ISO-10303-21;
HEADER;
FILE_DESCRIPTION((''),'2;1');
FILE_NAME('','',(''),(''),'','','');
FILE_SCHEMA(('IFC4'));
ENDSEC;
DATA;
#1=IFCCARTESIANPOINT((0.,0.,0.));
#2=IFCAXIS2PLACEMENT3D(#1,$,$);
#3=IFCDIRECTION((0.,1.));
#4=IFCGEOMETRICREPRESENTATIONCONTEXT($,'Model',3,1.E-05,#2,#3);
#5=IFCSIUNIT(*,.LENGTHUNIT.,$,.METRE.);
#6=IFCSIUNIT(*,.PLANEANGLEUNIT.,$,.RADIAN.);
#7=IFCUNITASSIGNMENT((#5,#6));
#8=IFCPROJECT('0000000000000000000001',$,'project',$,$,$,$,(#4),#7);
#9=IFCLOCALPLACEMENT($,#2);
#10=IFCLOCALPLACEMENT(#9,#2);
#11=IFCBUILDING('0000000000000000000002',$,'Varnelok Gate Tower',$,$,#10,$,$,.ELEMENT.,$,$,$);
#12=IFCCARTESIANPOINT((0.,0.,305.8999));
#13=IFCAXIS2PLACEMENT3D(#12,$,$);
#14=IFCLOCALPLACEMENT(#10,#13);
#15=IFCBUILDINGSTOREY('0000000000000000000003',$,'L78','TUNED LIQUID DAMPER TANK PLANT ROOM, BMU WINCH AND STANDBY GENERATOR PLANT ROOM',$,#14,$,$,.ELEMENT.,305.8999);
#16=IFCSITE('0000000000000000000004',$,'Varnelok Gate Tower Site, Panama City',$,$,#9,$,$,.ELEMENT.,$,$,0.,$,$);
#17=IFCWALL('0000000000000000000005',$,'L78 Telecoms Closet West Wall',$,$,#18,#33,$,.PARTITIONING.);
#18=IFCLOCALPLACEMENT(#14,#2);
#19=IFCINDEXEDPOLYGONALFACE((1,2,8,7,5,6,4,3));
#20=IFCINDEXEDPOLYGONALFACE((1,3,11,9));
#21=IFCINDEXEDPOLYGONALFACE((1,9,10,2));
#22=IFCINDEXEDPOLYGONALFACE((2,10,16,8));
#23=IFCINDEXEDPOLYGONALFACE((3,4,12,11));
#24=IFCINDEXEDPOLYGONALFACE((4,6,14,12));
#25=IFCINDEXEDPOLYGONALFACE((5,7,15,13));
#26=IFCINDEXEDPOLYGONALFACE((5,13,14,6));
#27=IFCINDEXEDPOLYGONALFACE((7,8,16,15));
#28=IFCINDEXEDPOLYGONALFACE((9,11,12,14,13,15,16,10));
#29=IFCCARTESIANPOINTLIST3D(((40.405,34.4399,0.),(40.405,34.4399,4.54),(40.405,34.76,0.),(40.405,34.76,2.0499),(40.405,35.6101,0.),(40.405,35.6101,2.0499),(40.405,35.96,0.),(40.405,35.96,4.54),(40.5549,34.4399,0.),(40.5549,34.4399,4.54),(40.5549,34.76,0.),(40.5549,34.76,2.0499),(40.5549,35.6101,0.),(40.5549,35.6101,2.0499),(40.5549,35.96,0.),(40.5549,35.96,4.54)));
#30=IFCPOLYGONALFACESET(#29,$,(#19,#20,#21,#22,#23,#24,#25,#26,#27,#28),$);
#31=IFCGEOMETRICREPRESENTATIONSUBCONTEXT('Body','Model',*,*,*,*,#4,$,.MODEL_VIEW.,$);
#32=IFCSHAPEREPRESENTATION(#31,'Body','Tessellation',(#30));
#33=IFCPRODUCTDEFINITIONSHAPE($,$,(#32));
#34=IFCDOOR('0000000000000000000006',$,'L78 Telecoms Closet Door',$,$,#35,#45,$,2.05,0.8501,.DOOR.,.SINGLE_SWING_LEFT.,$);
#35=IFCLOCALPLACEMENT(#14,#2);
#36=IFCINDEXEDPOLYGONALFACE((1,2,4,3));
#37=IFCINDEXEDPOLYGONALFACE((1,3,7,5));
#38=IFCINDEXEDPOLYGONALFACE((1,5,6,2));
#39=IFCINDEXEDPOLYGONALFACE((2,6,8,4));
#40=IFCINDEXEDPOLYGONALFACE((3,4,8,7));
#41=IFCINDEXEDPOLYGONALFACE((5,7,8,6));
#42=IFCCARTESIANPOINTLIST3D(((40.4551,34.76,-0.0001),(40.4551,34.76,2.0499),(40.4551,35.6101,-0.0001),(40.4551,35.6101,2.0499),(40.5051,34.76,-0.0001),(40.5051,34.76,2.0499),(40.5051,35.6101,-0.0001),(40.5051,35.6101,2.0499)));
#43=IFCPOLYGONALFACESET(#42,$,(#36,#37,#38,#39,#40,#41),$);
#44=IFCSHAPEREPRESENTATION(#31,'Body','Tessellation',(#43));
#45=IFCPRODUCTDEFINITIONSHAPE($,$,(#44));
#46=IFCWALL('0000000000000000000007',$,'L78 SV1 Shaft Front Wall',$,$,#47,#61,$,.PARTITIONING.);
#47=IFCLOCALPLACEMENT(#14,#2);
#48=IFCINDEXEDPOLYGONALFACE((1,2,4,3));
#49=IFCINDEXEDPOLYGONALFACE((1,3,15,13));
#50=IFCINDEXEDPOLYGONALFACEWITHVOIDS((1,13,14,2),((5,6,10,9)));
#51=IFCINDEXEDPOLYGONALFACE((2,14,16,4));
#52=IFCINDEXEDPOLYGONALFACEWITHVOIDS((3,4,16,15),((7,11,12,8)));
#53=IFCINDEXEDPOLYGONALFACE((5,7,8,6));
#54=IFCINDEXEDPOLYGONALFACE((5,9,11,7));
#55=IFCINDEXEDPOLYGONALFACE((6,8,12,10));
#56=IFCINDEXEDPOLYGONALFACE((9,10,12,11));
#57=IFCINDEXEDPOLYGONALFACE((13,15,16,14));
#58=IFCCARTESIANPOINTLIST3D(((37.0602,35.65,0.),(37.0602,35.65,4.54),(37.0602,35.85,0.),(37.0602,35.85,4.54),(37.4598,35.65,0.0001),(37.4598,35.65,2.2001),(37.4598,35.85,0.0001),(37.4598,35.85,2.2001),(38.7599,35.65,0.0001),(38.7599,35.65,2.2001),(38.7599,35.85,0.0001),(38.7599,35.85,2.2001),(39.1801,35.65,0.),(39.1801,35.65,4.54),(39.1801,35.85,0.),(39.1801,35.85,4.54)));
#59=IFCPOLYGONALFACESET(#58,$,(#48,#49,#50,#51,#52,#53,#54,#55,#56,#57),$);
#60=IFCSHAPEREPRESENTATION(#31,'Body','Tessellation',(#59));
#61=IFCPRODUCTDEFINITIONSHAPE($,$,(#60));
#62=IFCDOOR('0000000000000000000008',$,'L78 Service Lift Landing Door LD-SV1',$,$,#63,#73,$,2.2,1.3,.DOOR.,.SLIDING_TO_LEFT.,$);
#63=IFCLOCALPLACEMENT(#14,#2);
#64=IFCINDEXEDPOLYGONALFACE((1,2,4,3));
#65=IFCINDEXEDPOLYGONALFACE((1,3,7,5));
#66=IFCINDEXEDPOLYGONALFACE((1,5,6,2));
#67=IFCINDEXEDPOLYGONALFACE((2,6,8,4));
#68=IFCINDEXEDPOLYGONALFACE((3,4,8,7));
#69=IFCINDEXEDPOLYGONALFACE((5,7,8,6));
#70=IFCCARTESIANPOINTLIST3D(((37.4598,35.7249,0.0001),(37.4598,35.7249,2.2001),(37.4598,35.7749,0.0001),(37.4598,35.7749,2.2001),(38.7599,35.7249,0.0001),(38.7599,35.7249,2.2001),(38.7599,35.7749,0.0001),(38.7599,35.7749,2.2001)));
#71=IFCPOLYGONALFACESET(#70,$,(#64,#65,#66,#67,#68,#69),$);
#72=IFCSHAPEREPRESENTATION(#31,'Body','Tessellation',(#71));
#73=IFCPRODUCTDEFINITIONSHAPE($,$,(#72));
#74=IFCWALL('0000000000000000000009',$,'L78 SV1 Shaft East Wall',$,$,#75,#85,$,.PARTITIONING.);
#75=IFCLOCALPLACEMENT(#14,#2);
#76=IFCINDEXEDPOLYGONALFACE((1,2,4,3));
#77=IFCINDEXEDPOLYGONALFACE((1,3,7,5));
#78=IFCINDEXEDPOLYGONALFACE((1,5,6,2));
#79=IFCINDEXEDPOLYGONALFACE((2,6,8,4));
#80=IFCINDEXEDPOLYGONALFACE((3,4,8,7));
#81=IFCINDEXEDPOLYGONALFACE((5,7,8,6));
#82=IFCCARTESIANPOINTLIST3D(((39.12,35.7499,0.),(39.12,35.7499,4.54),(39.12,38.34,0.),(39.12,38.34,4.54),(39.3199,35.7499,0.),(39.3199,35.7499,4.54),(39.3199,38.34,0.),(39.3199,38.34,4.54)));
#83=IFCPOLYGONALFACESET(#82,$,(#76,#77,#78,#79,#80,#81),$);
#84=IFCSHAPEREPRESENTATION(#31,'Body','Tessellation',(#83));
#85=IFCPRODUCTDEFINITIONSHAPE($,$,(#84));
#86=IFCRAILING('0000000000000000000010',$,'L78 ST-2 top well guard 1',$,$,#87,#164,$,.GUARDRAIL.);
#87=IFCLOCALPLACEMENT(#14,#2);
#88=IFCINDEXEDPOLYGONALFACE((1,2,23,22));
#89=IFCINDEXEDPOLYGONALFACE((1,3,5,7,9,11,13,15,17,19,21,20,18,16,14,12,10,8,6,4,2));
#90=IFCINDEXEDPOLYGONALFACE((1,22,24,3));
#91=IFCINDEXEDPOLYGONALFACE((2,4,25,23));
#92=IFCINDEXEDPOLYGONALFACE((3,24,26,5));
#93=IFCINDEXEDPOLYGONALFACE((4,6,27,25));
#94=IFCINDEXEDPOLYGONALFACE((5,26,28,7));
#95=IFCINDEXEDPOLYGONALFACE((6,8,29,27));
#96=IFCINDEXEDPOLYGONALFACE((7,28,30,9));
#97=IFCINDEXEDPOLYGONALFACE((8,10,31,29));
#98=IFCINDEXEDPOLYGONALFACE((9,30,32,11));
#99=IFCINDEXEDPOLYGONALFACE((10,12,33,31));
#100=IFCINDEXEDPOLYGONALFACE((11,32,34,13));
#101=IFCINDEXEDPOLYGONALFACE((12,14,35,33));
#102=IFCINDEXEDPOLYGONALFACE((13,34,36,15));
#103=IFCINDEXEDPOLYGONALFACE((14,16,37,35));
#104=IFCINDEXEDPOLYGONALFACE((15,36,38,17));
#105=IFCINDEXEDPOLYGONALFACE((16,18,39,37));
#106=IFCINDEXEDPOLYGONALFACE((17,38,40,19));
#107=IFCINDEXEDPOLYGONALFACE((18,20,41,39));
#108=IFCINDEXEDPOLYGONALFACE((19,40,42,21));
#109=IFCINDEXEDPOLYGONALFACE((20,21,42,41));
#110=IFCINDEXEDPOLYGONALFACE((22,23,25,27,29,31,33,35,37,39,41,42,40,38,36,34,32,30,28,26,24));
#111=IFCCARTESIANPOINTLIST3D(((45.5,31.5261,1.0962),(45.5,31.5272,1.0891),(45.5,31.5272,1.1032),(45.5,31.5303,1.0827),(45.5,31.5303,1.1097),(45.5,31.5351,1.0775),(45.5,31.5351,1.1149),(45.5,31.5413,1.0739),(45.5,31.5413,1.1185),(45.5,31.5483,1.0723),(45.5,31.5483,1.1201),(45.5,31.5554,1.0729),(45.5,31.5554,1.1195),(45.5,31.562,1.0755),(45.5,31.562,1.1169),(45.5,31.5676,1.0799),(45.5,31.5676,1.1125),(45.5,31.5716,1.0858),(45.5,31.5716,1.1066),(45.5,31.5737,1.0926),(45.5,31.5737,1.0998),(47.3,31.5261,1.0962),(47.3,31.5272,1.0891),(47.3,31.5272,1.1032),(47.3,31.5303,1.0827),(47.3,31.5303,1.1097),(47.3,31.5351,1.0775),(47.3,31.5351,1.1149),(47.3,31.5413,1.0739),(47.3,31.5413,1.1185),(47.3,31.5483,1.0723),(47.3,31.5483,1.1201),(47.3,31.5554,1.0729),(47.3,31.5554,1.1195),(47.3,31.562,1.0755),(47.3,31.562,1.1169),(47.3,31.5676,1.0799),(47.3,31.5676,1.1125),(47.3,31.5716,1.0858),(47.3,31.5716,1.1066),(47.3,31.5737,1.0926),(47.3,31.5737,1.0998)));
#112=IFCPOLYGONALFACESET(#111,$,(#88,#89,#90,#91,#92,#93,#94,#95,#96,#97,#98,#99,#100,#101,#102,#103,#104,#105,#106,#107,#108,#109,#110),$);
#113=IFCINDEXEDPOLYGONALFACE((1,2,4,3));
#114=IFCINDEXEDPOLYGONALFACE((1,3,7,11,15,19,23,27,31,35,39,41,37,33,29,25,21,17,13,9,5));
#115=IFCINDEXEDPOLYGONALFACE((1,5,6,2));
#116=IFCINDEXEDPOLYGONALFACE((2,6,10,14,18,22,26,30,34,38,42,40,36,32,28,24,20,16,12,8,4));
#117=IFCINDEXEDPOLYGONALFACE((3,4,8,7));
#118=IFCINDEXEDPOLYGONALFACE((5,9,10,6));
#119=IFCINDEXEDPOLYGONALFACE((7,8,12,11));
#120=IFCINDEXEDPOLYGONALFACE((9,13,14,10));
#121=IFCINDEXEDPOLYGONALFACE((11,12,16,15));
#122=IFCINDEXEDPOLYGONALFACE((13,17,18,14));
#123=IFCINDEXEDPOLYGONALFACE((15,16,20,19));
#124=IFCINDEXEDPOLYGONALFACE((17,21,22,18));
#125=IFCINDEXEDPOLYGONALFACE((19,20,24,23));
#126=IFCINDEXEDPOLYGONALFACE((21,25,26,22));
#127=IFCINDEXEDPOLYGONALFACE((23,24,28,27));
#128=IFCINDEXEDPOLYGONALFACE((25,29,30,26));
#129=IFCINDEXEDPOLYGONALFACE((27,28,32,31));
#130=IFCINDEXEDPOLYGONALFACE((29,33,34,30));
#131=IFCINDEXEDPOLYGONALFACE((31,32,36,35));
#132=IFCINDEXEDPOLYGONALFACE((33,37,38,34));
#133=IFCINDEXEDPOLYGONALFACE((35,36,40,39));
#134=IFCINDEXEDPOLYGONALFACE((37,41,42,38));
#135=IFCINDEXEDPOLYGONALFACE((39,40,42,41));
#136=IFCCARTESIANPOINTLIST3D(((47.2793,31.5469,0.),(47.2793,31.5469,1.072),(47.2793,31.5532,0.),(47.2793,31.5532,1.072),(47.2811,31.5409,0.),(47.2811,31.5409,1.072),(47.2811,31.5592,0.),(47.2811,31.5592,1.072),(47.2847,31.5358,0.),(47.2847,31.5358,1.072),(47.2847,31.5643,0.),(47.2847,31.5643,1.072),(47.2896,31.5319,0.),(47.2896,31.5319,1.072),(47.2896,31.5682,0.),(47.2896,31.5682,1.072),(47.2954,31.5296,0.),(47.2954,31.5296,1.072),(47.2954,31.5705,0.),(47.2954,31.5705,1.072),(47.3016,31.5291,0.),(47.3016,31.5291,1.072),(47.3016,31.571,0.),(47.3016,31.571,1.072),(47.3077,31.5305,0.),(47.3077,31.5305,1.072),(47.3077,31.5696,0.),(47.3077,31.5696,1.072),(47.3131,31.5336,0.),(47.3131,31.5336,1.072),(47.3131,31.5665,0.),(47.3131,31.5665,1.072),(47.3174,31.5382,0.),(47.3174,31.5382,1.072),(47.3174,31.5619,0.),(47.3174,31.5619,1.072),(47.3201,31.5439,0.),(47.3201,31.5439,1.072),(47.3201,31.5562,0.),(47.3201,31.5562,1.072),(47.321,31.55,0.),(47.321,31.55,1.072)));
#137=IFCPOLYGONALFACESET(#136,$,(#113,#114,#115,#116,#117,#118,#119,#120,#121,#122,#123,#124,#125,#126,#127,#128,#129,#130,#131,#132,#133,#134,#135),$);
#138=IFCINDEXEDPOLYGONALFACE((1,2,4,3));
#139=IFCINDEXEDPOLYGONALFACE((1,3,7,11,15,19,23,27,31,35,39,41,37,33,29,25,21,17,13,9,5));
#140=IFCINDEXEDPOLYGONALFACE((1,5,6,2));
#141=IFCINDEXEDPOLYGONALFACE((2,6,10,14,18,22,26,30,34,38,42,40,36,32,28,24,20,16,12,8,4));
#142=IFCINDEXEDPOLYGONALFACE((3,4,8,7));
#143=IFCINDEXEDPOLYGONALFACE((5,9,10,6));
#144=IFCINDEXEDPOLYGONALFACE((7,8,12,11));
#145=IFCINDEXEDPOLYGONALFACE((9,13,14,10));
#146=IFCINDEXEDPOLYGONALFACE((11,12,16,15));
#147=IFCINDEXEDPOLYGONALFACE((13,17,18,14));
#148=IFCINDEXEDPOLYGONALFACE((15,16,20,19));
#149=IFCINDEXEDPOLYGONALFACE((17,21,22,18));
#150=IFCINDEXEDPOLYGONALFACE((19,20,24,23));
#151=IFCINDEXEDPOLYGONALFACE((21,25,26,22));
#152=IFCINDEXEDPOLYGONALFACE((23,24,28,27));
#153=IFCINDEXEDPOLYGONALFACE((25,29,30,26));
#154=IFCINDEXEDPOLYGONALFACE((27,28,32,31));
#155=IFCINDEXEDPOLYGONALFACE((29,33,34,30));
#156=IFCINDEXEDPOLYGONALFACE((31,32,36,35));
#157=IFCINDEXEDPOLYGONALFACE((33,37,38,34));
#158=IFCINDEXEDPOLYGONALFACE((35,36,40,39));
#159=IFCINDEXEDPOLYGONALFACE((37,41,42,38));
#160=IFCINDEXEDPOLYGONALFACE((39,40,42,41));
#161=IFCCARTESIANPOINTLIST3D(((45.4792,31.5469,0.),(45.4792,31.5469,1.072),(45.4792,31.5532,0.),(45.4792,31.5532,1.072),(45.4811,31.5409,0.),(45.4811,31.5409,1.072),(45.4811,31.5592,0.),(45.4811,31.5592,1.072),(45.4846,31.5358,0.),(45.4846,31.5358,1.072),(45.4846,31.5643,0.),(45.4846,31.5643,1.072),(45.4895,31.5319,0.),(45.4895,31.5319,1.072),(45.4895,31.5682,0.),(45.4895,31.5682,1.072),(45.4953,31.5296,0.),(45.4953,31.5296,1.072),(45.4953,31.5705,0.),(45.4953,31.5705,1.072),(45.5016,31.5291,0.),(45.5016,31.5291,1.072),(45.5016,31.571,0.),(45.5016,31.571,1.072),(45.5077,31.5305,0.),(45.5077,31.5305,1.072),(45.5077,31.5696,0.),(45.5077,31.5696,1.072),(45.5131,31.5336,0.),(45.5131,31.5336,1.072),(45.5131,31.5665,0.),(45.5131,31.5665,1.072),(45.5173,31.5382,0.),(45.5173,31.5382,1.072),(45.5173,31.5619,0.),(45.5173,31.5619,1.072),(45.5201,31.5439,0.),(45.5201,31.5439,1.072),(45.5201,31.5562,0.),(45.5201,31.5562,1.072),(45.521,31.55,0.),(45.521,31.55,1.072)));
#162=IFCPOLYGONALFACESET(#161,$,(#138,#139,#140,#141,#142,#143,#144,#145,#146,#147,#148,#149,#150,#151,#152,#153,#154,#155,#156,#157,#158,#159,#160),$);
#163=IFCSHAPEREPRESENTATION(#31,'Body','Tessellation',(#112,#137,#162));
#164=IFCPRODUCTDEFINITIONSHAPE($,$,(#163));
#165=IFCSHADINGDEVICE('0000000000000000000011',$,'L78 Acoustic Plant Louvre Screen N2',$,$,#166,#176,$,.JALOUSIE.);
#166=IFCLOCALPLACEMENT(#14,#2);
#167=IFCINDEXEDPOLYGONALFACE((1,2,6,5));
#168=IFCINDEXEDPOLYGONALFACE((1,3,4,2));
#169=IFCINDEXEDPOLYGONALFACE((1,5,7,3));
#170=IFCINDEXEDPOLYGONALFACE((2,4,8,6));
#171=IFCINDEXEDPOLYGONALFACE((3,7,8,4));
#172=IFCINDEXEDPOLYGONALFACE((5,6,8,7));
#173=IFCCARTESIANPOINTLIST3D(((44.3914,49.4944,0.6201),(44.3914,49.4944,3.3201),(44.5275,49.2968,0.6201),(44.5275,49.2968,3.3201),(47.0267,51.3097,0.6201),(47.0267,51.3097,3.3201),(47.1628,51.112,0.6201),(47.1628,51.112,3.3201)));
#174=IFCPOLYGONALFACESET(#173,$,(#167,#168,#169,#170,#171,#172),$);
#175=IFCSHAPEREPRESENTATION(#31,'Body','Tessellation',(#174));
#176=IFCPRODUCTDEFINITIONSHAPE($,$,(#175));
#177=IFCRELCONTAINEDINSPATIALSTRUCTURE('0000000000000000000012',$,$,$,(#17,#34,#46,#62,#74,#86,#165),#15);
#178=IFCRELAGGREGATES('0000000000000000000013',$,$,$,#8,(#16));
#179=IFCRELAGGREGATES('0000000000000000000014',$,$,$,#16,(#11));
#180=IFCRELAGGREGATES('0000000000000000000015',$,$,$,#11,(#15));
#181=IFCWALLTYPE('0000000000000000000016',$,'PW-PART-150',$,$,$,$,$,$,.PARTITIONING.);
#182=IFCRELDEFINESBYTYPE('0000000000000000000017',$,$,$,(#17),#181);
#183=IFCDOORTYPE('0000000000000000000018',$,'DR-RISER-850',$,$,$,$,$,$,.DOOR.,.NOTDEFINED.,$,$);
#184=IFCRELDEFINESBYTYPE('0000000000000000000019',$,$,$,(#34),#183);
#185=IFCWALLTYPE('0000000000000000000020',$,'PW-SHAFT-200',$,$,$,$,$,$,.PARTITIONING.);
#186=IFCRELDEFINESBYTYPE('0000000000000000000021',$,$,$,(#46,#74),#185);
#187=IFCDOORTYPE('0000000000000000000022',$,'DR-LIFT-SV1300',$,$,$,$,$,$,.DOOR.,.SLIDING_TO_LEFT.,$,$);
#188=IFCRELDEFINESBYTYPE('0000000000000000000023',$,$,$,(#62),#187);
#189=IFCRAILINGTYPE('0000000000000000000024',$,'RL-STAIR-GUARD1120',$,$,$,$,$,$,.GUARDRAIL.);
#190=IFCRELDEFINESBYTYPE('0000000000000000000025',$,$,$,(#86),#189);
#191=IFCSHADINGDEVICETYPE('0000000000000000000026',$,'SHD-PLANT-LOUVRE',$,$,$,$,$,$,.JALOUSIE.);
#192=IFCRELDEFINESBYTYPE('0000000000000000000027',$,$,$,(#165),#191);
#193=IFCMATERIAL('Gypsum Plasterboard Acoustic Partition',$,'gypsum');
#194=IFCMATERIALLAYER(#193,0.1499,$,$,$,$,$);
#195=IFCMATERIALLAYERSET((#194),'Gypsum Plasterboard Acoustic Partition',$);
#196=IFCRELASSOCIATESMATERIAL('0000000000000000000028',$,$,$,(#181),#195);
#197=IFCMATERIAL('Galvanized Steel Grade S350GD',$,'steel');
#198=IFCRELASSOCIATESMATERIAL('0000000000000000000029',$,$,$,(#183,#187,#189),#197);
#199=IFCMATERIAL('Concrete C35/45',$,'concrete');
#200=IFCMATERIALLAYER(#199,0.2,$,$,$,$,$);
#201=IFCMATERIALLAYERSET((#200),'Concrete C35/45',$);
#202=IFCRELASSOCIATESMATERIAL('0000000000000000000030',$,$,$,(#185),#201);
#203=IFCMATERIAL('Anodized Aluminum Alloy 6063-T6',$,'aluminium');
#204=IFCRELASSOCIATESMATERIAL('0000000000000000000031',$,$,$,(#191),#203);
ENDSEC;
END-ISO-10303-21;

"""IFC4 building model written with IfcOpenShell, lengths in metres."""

from ifc_helpers import new_model, si_unit, direction, frame, frame_2d, origin, origin_2d, place, context, subcontext, project, spatial, rectangle, circle, extrude, source, transform, mapped, material, layer, layer_set, type_object, element, fill, save


model = new_model("IFC4")

# Units and contexts
model_context = context("Model", 3, precision=1e-05, world=origin(), true_north=direction((0.0, 1.0)))
body_context = subcontext(model_context, "Body", "Model", "MODEL_VIEW")
ifc_project = project(units=[si_unit("LENGTHUNIT", "METRE"), si_unit("PLANEANGLEUNIT", "RADIAN")], contexts=[model_context])

# Site, building, storey
site_placement = place(None, origin())
site = spatial("IfcSite", under=ifc_project, at=site_placement, Name="Varnelok Gate Tower Site, Panama City", CompositionType="ELEMENT", RefElevation=0.0)
building_placement = place(site_placement, origin())
building = spatial("IfcBuilding", under=site, at=building_placement, Name="Varnelok Gate Tower", CompositionType="ELEMENT")
storey_placement = place(building_placement, frame((0.0, 0.0, 305.8999)))
storey = spatial("IfcBuildingStorey", under=building, at=storey_placement, Name="L78", Description="TUNED LIQUID DAMPER TANK PLANT ROOM, BMU WINCH AND STANDBY GENERATOR PLANT ROOM", CompositionType="ELEMENT", Elevation=305.8999)

# Shared definitions
ifc_material_1 = material(Name="Gypsum Plasterboard Acoustic Partition", Category="gypsum")
ifc_layer_1 = layer(ifc_material_1, 0.1499)
ifc_layer_set_1 = layer_set([ifc_layer_1], Name="Gypsum Plasterboard Acoustic Partition")
wall_type_1 = type_object("IfcWallType", Name="PW-PART-150", PredefinedType="PARTITIONING", material=ifc_layer_set_1)

# Walls, openings, doors
ifc_material_2 = material(Name="Galvanized Steel Grade S350GD", Category="steel")
door_type_1 = type_object("IfcDoorType", Name="DR-RISER-850", OperationType="NOTDEFINED", PredefinedType="DOOR", material=ifc_material_2)
wall_1_placement = place(storey_placement, frame((40.48, 34.4399, 0.0), z_axis=(0.0, 0.0, 1.0), x_axis=(0.0, 1.0, 0.0)))
wall_1 = element("IfcWall", 1, at=wall_1_placement, inside=storey, type_object=wall_type_1, Name="L78 Telecoms Closet West Wall", PredefinedType="PARTITIONING", context=body_context, shape_type="SweptSolid", body=[
    extrude(rectangle(XDim=1.52, YDim=0.1499, at=frame_2d((0.76, 0.0))), origin(), (0.0, 0.0, 1.0), 4.54),
])
opening_1_placement = place(wall_1_placement, frame((0.3201, 0.0, 0.0)))
opening_1 = element("IfcOpeningElement", 2, at=opening_1_placement, cuts=wall_1, PredefinedType="OPENING", context=body_context, shape_type="SweptSolid", body=[
    extrude(rectangle(XDim=0.8501, YDim=2.05, at=frame_2d((0.425, 1.0249))), frame((0.0, 0.085, 0.0), z_axis=(0.0, -1.0, 0.0), x_axis=(1.0, 0.0, 0.0)), (0.0, 0.0, 1.0), 0.1699),
])
door_1_placement = place(opening_1_placement, origin())
door_1 = element("IfcDoor", 3, at=door_1_placement, inside=storey, type_object=door_type_1, Name="L78 Telecoms Closet Door", OperationType="SINGLE_SWING_LEFT", OverallHeight=2.05, OverallWidth=0.8501, PredefinedType="DOOR", context=body_context, shape_type="SweptSolid", body=[
    extrude(rectangle(XDim=0.8501, YDim=2.05, at=frame_2d((0.425, 1.0249))), frame((0.0, 0.0249, 0.0), z_axis=(0.0, -1.0, 0.0), x_axis=(1.0, 0.0, 0.0)), (0.0, 0.0, 1.0), 0.05),
])
fill(opening_1, door_1)
ifc_material_3 = material(Name="Concrete C35/45", Category="concrete")
ifc_layer_2 = layer(ifc_material_3, 0.2)
ifc_layer_set_2 = layer_set([ifc_layer_2], Name="Concrete C35/45")
wall_type_2 = type_object("IfcWallType", Name="PW-SHAFT-200", PredefinedType="PARTITIONING", material=ifc_layer_set_2)
wall_2_placement = place(storey_placement, frame((37.0601, 35.75, 0.0), z_axis=(0.0, 0.0, 1.0), x_axis=(1.0, 0.0, 0.0)))
wall_2 = element("IfcWall", 4, at=wall_2_placement, inside=storey, type_object=wall_type_2, Name="L78 SV1 Shaft Front Wall", PredefinedType="PARTITIONING", context=body_context, shape_type="SweptSolid", body=[
    extrude(rectangle(XDim=2.1199, YDim=0.2, at=frame_2d((1.0601, 0.0))), origin(), (0.0, 0.0, 1.0), 4.54),
])
opening_2_placement = place(wall_2_placement, frame((0.3999, 0.0, 0.0)))
opening_2 = element("IfcOpeningElement", 5, at=opening_2_placement, cuts=wall_2, PredefinedType="OPENING", context=body_context, shape_type="SweptSolid", body=[
    extrude(rectangle(XDim=1.3, YDim=2.2, at=frame_2d((0.6499, 1.1001))), frame((0.0, 0.1099, 0.0), z_axis=(0.0, -1.0, 0.0), x_axis=(1.0, 0.0, 0.0)), (0.0, 0.0, 1.0), 0.22),
])
door_type_2 = type_object("IfcDoorType", Name="DR-LIFT-SV1300", OperationType="SLIDING_TO_LEFT", PredefinedType="DOOR", material=ifc_material_2)
door_2_placement = place(opening_2_placement, origin())
door_2 = element("IfcDoor", 6, at=door_2_placement, inside=storey, type_object=door_type_2, Name="L78 Service Lift Landing Door LD-SV1", OperationType="SLIDING_TO_LEFT", OverallHeight=2.2, OverallWidth=1.3, PredefinedType="DOOR", context=body_context, shape_type="SweptSolid", body=[
    extrude(rectangle(XDim=1.3, YDim=2.2, at=frame_2d((0.6499, 1.1001))), frame((0.0, 0.0249, 0.0), z_axis=(0.0, -1.0, 0.0), x_axis=(1.0, 0.0, 0.0)), (0.0, 0.0, 1.0), 0.05),
])
fill(opening_2, door_2)

# Wall
wall_3_placement = place(storey_placement, frame((39.22, 35.75, 0.0), z_axis=(0.0, 0.0, 1.0), x_axis=(0.0, 1.0, 0.0)))
element("IfcWall", 7, at=wall_3_placement, inside=storey, type_object=wall_type_2, Name="L78 SV1 Shaft East Wall", PredefinedType="PARTITIONING", context=body_context, shape_type="SweptSolid", body=[
    extrude(rectangle(XDim=2.5901, YDim=0.2, at=frame_2d((1.2949, 0.0))), origin(), (0.0, 0.0, 1.0), 4.54),
])

# Railing
railing_type = type_object("IfcRailingType", Name="RL-STAIR-GUARD1120", PredefinedType="GUARDRAIL", material=ifc_material_2)
railing_placement = place(storey_placement, frame((47.3, 31.55, 0.0)))
element("IfcRailing", 8, at=railing_placement, inside=storey, type_object=railing_type, Name="L78 ST-2 top well guard 1", PredefinedType="GUARDRAIL", context=body_context, shape_type="SweptSolid", body=[
    extrude(circle(Radius=0.0239, at=origin_2d()), frame((0.0, 0.0, 1.0962), z_axis=(-1.0, 0.0, 0.0), x_axis=(0.0, -1.0, 0.0)), (0.0, 0.0, 1.0), 1.8),
    extrude(circle(Radius=0.021, at=origin_2d()), origin(), (0.0, 0.0, 1.0), 1.072),
    extrude(circle(Radius=0.021, at=origin_2d()), frame((-1.8, 0.0, 0.0)), (0.0, 0.0, 1.0), 1.072),
])

# Shading device
ifc_material_4 = material(Name="Anodized Aluminum Alloy 6063-T6", Category="aluminium")
shading_device_type = type_object("IfcShadingDeviceType", Name="SHD-PLANT-LOUVRE", PredefinedType="JALOUSIE", material=ifc_material_4)
shared_shape_1 = source(origin(), body_context, "Body", "SweptSolid", [
    extrude(rectangle(XDim=3.2, YDim=0.24, at=origin_2d()), origin(), (0.0, 0.0, 1.0), 2.7),
])
shading_device_placement = place(storey_placement, frame((45.7771, 50.3032, 0.6201), z_axis=(0.0, 0.0, 1.0), x_axis=(0.823533, 0.567269, 0.0)))
element("IfcShadingDevice", 9, at=shading_device_placement, inside=storey, type_object=shading_device_type, Name="L78 Acoustic Plant Louvre Screen N2", PredefinedType="JALOUSIE", context=body_context, shape_type="MappedRepresentation", body=[
    mapped(shared_shape_1, transform((0.0, 0.0, 0.0), scale=1.0)),
])

save(model, "model.ifc")
